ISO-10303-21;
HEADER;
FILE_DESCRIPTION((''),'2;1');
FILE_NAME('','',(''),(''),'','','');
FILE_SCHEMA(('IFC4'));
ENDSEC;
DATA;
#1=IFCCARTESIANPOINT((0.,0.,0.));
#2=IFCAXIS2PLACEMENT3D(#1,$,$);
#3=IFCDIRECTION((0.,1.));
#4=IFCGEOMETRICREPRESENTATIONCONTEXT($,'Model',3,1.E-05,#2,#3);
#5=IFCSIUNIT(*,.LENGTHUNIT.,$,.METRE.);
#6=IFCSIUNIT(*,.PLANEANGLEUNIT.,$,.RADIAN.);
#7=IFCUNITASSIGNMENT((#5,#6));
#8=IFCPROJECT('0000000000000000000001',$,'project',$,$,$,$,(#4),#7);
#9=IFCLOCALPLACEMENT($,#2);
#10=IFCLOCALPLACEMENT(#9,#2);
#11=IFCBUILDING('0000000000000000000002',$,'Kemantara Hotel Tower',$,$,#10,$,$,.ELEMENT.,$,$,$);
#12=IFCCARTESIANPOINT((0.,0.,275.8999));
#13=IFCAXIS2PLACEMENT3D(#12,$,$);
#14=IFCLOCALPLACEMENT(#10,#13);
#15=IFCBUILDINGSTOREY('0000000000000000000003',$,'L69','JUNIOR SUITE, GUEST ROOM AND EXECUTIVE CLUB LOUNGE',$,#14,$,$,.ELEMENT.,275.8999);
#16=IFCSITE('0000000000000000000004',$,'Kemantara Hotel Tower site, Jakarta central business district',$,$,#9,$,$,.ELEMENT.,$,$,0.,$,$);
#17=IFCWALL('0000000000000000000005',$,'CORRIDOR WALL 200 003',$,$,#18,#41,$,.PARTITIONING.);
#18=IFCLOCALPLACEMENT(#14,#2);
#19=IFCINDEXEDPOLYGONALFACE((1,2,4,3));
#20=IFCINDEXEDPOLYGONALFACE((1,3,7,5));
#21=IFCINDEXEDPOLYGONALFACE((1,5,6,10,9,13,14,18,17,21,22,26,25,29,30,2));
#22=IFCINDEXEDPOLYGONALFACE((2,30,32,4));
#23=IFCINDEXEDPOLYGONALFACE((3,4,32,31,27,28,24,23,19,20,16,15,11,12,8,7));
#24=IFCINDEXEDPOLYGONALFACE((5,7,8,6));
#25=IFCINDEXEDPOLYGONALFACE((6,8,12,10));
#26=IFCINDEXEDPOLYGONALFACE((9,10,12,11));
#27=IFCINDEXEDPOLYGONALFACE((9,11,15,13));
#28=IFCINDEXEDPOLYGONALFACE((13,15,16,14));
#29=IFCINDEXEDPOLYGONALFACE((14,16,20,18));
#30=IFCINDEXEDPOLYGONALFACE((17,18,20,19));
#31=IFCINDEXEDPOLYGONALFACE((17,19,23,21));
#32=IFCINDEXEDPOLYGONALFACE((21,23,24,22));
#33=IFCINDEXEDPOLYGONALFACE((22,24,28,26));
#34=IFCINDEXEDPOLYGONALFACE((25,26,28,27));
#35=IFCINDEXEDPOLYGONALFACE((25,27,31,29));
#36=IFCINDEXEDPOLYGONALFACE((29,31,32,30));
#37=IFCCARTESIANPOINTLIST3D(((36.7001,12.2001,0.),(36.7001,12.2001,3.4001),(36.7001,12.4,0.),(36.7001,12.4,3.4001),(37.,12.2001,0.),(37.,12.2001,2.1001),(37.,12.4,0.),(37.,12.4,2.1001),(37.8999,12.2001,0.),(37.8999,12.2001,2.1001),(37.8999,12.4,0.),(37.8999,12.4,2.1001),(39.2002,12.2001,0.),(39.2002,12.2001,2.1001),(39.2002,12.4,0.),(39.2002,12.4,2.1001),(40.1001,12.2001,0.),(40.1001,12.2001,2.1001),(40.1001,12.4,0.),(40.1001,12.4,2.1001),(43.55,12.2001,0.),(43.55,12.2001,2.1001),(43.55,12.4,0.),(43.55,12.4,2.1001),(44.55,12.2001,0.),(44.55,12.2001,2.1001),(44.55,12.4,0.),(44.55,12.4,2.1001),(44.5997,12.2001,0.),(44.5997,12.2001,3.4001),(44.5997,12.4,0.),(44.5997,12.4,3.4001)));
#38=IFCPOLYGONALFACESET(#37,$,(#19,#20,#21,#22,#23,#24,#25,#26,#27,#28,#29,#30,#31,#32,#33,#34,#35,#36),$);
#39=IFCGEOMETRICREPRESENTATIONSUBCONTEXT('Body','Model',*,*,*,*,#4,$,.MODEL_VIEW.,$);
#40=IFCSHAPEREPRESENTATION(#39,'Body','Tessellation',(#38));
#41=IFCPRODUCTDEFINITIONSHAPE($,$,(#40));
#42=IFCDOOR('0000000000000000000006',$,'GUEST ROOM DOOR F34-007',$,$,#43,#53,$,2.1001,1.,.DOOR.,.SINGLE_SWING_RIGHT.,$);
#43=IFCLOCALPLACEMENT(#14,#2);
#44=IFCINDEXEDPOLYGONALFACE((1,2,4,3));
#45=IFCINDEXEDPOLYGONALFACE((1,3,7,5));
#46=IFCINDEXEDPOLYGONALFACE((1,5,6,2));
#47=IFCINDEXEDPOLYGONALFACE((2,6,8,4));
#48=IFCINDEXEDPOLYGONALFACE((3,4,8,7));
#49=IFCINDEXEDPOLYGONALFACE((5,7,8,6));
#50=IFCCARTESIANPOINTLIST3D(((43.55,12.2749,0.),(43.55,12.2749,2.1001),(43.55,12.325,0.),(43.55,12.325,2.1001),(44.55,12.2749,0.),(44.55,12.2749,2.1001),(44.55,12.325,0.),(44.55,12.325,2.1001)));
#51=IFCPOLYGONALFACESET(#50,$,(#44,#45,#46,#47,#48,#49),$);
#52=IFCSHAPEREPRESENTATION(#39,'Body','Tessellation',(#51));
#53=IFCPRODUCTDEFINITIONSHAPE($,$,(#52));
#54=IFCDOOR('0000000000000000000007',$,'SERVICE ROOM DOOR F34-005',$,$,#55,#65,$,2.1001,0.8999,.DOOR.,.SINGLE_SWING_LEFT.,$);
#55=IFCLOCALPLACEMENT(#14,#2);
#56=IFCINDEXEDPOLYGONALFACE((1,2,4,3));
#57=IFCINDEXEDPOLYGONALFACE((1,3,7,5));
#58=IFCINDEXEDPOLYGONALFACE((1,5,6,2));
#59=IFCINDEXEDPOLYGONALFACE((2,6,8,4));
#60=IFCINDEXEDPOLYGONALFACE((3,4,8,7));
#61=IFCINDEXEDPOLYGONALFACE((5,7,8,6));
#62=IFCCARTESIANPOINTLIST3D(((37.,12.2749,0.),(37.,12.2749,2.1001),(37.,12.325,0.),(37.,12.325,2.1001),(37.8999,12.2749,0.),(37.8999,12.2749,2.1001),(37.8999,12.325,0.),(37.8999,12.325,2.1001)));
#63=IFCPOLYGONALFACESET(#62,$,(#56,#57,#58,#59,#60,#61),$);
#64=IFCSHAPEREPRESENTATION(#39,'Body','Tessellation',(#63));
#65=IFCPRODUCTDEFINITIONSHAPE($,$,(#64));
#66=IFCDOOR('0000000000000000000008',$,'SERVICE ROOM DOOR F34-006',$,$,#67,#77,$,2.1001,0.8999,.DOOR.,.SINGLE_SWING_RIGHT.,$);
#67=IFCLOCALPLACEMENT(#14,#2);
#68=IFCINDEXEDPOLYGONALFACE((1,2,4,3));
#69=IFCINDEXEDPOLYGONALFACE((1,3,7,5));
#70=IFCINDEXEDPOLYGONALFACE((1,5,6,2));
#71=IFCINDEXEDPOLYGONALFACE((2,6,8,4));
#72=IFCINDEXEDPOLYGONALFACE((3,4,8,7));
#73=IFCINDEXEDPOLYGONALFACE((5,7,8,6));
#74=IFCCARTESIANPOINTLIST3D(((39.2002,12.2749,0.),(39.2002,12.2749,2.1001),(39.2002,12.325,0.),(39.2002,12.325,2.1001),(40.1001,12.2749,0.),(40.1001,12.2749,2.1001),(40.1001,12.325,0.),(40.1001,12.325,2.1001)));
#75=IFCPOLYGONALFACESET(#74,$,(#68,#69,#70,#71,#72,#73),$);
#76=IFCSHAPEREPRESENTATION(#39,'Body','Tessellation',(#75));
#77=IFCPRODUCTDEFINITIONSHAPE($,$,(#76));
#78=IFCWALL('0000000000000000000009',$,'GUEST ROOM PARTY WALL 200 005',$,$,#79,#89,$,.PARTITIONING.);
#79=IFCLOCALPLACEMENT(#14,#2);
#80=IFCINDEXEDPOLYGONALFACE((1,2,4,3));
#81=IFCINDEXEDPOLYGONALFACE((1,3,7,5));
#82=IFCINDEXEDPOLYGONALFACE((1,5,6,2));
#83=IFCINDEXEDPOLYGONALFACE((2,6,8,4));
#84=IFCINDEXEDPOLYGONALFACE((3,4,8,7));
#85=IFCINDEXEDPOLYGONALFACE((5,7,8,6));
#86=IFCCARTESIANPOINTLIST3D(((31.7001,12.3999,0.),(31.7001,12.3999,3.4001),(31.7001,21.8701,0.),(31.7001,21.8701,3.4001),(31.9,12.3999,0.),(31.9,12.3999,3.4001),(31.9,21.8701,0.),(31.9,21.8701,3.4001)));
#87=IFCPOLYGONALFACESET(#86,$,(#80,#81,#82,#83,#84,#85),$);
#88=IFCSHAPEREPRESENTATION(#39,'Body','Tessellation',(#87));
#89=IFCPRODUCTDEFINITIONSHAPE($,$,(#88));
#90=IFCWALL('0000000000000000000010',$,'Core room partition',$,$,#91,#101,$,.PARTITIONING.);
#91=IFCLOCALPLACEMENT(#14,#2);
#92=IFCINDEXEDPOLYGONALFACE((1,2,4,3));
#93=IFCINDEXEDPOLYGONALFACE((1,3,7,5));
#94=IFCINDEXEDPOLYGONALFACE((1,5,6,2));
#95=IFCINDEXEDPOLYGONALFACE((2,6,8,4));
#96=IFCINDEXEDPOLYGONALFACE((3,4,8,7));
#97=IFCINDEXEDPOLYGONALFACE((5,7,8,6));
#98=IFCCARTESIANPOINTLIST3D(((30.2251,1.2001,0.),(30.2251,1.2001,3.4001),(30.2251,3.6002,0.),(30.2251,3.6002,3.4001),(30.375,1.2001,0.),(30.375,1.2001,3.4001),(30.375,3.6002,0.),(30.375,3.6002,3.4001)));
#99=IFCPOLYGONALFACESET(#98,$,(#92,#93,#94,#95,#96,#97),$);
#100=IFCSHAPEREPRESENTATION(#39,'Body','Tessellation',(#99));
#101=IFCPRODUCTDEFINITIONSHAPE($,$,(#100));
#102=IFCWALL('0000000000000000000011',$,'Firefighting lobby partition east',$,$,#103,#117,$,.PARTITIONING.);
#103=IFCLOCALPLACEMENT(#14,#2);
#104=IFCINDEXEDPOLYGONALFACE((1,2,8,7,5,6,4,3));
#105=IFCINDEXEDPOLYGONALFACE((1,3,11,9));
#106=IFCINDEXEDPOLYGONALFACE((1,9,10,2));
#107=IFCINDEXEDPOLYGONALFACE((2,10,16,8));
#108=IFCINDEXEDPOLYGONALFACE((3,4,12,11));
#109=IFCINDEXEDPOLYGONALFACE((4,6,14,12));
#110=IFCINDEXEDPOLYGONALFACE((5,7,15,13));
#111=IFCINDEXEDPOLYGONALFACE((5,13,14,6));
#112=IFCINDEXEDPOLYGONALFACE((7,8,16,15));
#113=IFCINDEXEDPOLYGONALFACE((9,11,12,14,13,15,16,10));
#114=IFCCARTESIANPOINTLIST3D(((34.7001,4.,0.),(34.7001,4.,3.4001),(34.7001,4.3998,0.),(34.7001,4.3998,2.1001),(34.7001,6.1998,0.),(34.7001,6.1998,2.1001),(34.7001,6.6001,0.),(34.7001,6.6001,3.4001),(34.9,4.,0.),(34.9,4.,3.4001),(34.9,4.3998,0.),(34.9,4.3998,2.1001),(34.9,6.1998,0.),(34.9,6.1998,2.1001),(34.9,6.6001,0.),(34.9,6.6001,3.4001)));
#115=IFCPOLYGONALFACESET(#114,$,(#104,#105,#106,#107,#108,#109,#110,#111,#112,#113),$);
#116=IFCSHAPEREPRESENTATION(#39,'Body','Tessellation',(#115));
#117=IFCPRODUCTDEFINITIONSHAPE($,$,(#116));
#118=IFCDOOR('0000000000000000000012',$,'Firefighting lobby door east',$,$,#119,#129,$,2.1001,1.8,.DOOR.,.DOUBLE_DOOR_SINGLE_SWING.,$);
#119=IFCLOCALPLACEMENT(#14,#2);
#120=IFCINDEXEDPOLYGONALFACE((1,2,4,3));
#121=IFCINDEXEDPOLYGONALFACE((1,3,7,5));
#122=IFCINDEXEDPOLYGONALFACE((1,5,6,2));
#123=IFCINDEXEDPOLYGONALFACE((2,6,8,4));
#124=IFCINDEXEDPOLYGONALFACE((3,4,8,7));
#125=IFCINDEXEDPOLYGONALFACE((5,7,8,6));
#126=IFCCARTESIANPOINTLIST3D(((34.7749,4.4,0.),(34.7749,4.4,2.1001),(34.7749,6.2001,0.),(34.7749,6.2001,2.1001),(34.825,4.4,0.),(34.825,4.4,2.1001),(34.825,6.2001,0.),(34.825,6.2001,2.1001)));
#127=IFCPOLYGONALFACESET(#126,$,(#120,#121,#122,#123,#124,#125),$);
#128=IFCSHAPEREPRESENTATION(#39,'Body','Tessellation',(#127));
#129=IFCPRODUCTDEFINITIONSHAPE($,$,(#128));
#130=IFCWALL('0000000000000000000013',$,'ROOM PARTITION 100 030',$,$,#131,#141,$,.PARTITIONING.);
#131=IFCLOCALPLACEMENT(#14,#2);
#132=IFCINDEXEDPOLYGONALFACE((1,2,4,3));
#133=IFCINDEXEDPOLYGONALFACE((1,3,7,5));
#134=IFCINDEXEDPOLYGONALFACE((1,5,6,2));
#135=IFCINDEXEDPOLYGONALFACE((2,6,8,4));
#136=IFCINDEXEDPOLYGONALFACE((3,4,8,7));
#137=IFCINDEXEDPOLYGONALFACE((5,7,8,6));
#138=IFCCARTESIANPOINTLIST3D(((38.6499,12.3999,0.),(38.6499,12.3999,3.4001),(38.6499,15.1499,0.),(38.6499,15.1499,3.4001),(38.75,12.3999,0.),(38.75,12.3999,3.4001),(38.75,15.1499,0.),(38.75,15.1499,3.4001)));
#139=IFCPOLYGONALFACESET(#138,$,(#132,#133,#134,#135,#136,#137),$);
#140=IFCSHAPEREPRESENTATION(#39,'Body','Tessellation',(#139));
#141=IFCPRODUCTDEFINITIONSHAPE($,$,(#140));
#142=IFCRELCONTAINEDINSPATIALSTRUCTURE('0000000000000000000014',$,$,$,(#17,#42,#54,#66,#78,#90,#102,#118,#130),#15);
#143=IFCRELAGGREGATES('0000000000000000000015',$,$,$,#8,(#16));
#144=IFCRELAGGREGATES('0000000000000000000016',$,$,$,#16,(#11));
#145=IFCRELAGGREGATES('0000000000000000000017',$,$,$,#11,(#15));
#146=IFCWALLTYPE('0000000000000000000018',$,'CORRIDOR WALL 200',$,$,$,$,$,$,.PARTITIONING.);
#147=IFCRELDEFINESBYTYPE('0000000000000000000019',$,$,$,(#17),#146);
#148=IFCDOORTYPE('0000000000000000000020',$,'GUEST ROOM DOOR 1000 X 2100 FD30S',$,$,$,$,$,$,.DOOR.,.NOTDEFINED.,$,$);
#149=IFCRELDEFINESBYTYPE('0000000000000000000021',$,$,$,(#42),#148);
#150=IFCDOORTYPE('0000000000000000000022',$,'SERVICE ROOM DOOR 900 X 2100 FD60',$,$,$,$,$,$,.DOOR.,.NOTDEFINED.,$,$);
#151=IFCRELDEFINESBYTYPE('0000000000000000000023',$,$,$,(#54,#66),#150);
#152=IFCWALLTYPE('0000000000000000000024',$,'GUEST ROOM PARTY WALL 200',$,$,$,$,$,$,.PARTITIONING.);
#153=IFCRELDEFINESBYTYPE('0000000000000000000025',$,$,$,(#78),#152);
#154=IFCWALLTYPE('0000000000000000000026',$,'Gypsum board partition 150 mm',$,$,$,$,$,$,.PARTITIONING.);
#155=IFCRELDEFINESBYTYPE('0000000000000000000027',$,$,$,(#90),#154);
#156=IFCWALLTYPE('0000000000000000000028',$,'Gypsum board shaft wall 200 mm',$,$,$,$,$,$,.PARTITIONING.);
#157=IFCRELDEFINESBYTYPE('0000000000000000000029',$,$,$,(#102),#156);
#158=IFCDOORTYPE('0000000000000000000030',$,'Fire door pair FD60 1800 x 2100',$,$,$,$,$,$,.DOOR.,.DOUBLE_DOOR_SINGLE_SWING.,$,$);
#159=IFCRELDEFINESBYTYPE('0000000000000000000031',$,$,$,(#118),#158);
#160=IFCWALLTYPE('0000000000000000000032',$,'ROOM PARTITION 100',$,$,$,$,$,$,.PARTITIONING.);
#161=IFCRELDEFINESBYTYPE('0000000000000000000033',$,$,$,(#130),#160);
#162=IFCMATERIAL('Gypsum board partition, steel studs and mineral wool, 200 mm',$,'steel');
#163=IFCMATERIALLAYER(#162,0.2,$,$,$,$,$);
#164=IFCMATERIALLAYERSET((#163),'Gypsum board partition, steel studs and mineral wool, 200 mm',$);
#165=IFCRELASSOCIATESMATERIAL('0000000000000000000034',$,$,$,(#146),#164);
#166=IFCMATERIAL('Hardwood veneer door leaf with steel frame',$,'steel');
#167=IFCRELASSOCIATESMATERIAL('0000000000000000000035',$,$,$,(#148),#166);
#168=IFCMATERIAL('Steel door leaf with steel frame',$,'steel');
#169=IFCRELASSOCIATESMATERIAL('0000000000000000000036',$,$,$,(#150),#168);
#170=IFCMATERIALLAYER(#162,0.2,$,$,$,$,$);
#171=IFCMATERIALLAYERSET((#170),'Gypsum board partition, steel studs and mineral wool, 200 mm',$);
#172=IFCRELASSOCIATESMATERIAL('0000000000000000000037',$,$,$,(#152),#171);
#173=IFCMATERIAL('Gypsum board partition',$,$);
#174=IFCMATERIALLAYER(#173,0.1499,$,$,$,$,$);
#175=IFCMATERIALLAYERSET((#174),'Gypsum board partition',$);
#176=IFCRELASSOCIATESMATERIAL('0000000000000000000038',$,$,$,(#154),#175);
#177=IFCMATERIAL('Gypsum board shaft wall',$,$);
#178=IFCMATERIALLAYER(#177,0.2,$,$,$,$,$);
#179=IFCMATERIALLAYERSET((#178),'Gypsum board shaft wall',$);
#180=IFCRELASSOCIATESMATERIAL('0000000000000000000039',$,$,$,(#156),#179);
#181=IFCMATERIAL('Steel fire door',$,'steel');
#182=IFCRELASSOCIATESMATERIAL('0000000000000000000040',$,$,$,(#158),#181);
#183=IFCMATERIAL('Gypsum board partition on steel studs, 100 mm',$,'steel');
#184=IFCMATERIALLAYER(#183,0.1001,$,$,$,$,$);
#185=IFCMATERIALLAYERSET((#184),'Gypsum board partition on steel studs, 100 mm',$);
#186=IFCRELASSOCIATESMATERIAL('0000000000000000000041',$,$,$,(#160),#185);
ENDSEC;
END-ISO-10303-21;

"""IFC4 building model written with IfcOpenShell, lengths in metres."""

from ifc_helpers import new_model, si_unit, direction, frame, frame_2d, origin, place, context, subcontext, project, spatial, rectangle, extrude, material, layer, layer_set, type_object, element, fill, save


model = new_model("IFC4")

# Units and contexts
model_context = context("Model", 3, precision=1e-05, world=origin(), true_north=direction((0.0, 1.0)))
body_context = subcontext(model_context, "Body", "Model", "MODEL_VIEW")
ifc_project = project(units=[si_unit("LENGTHUNIT", "METRE"), si_unit("PLANEANGLEUNIT", "RADIAN")], contexts=[model_context])

# Site, building, storey
site_placement = place(None, origin())
site = spatial("IfcSite", under=ifc_project, at=site_placement, Name="Kemantara Hotel Tower site, Jakarta central business district", CompositionType="ELEMENT", RefElevation=0.0)
building_placement = place(site_placement, origin())
building = spatial("IfcBuilding", under=site, at=building_placement, Name="Kemantara Hotel Tower", CompositionType="ELEMENT")
storey_placement = place(building_placement, frame((0.0, 0.0, 275.8999)))
storey = spatial("IfcBuildingStorey", under=building, at=storey_placement, Name="L69", Description="JUNIOR SUITE, GUEST ROOM AND EXECUTIVE CLUB LOUNGE", CompositionType="ELEMENT", Elevation=275.8999)

# Shared definitions
ifc_material_1 = material(Name="Steel fire door", Category="steel")

# Wall, openings, doors
ifc_material_2 = material(Name="Gypsum board partition, steel studs and mineral wool, 200 mm", Category="steel")
ifc_layer_1 = layer(ifc_material_2, 0.2)
ifc_layer_set_1 = layer_set([ifc_layer_1], Name="Gypsum board partition, steel studs and mineral wool, 200 mm")
wall_type_1 = type_object("IfcWallType", Name="CORRIDOR WALL 200", PredefinedType="PARTITIONING", material=ifc_layer_set_1)
wall_1_placement = place(storey_placement, frame((36.7002, 12.3, 0.0), z_axis=(0.0, 0.0, 1.0), x_axis=(1.0, 0.0, 0.0)))
wall_1 = element("IfcWall", 1, at=wall_1_placement, inside=storey, type_object=wall_type_1, Name="CORRIDOR WALL 200 003", PredefinedType="PARTITIONING", context=body_context, shape_type="SweptSolid", body=[
    extrude(rectangle(XDim=7.8997, YDim=0.2, at=frame_2d((3.9497, 0.0))), origin(), (0.0, 0.0, 1.0), 3.4001),
])
opening_1_placement = place(wall_1_placement, frame((0.2998, 0.0, 0.0)))
opening_1 = element("IfcOpeningElement", 2, at=opening_1_placement, cuts=wall_1, PredefinedType="OPENING", context=body_context, shape_type="SweptSolid", body=[
    extrude(rectangle(XDim=0.8999, YDim=2.1001, at=frame_2d((0.45, 1.05))), frame((0.0, 0.1099, 0.0), z_axis=(0.0, -1.0, 0.0), x_axis=(1.0, 0.0, 0.0)), (0.0, 0.0, 1.0), 0.22),
])
opening_2_placement = place(wall_1_placement, frame((2.5, 0.0, 0.0)))
opening_2 = element("IfcOpeningElement", 3, at=opening_2_placement, cuts=wall_1, PredefinedType="OPENING", context=body_context, shape_type="SweptSolid", body=[
    extrude(rectangle(XDim=0.8999, YDim=2.1001, at=frame_2d((0.45, 1.05))), frame((0.0, 0.1099, 0.0), z_axis=(0.0, -1.0, 0.0), x_axis=(1.0, 0.0, 0.0)), (0.0, 0.0, 1.0), 0.22),
])
opening_3_placement = place(wall_1_placement, frame((6.8499, 0.0, 0.0)))
opening_3 = element("IfcOpeningElement", 4, at=opening_3_placement, cuts=wall_1, PredefinedType="OPENING", context=body_context, shape_type="SweptSolid", body=[
    extrude(rectangle(XDim=1.0, YDim=2.1001, at=frame_2d((0.5, 1.05))), frame((0.0, 0.1099, 0.0), z_axis=(0.0, -1.0, 0.0), x_axis=(1.0, 0.0, 0.0)), (0.0, 0.0, 1.0), 0.22),
])
ifc_material_3 = material(Name="Hardwood veneer door leaf with steel frame", Category="steel")
door_type_1 = type_object("IfcDoorType", Name="GUEST ROOM DOOR 1000 X 2100 FD30S", OperationType="NOTDEFINED", PredefinedType="DOOR", material=ifc_material_3)
door_1_placement = place(opening_3_placement, origin())
door_1 = element("IfcDoor", 5, at=door_1_placement, inside=storey, type_object=door_type_1, Name="GUEST ROOM DOOR F34-007", OperationType="SINGLE_SWING_RIGHT", OverallHeight=2.1001, OverallWidth=1.0, PredefinedType="DOOR", context=body_context, shape_type="SweptSolid", body=[
    extrude(rectangle(XDim=1.0, YDim=2.1001, at=frame_2d((0.5, 1.05))), frame((0.0, 0.0249, 0.0), z_axis=(0.0, -1.0, 0.0), x_axis=(1.0, 0.0, 0.0)), (0.0, 0.0, 1.0), 0.05),
])
fill(opening_3, door_1)
ifc_material_4 = material(Name="Steel door leaf with steel frame", Category="steel")
door_type_2 = type_object("IfcDoorType", Name="SERVICE ROOM DOOR 900 X 2100 FD60", OperationType="NOTDEFINED", PredefinedType="DOOR", material=ifc_material_4)
door_2_placement = place(opening_1_placement, origin())
door_2 = element("IfcDoor", 6, at=door_2_placement, inside=storey, type_object=door_type_2, Name="SERVICE ROOM DOOR F34-005", OperationType="SINGLE_SWING_LEFT", OverallHeight=2.1001, OverallWidth=0.8999, PredefinedType="DOOR", context=body_context, shape_type="SweptSolid", body=[
    extrude(rectangle(XDim=0.8999, YDim=2.1001, at=frame_2d((0.45, 1.05))), frame((0.0, 0.0249, 0.0), z_axis=(0.0, -1.0, 0.0), x_axis=(1.0, 0.0, 0.0)), (0.0, 0.0, 1.0), 0.05),
])
fill(opening_1, door_2)
door_3_placement = place(opening_2_placement, origin())
door_3 = element("IfcDoor", 7, at=door_3_placement, inside=storey, type_object=door_type_2, Name="SERVICE ROOM DOOR F34-006", OperationType="SINGLE_SWING_RIGHT", OverallHeight=2.1001, OverallWidth=0.8999, PredefinedType="DOOR", context=body_context, shape_type="SweptSolid", body=[
    extrude(rectangle(XDim=0.8999, YDim=2.1001, at=frame_2d((0.45, 1.05))), frame((0.0, 0.0249, 0.0), z_axis=(0.0, -1.0, 0.0), x_axis=(1.0, 0.0, 0.0)), (0.0, 0.0, 1.0), 0.05),
])
fill(opening_2, door_3)

# Walls
ifc_layer_2 = layer(ifc_material_2, 0.2)
ifc_layer_set_2 = layer_set([ifc_layer_2], Name="Gypsum board partition, steel studs and mineral wool, 200 mm")
wall_type_2 = type_object("IfcWallType", Name="GUEST ROOM PARTY WALL 200", PredefinedType="PARTITIONING", material=ifc_layer_set_2)
wall_2_placement = place(storey_placement, frame((31.8, 12.3999, 0.0), z_axis=(0.0, 0.0, 1.0), x_axis=(0.0, 1.0, 0.0)))
element("IfcWall", 8, at=wall_2_placement, inside=storey, type_object=wall_type_2, Name="GUEST ROOM PARTY WALL 200 005", PredefinedType="PARTITIONING", context=body_context, shape_type="SweptSolid", body=[
    extrude(rectangle(XDim=9.4702, YDim=0.2, at=frame_2d((4.7351, 0.0))), origin(), (0.0, 0.0, 1.0), 3.4001),
])
ifc_material_5 = material(Name="Gypsum board partition")
ifc_layer_3 = layer(ifc_material_5, 0.1499)
ifc_layer_set_3 = layer_set([ifc_layer_3], Name="Gypsum board partition")
wall_type_3 = type_object("IfcWallType", Name="Gypsum board partition 150 mm", PredefinedType="PARTITIONING", material=ifc_layer_set_3)
wall_3_placement = place(storey_placement, frame((30.3, 1.2, 0.0), z_axis=(0.0, 0.0, 1.0), x_axis=(0.0, 1.0, 0.0)))
element("IfcWall", 9, at=wall_3_placement, inside=storey, type_object=wall_type_3, Name="Core room partition", PredefinedType="PARTITIONING", context=body_context, shape_type="SweptSolid", body=[
    extrude(rectangle(XDim=2.4001, YDim=0.1499, at=frame_2d((1.2002, 0.0))), origin(), (0.0, 0.0, 1.0), 3.4001),
])

# Wall, opening, door
ifc_material_6 = material(Name="Gypsum board shaft wall")
ifc_layer_4 = layer(ifc_material_6, 0.2)
ifc_layer_set_4 = layer_set([ifc_layer_4], Name="Gypsum board shaft wall")
wall_type_4 = type_object("IfcWallType", Name="Gypsum board shaft wall 200 mm", PredefinedType="PARTITIONING", material=ifc_layer_set_4)
wall_4_placement = place(storey_placement, frame((34.8, 4.0, 0.0), z_axis=(0.0, 0.0, 1.0), x_axis=(0.0, 1.0, 0.0)))
wall_4 = element("IfcWall", 10, at=wall_4_placement, inside=storey, type_object=wall_type_4, Name="Firefighting lobby partition east", PredefinedType="PARTITIONING", context=body_context, shape_type="SweptSolid", body=[
    extrude(rectangle(XDim=2.6001, YDim=0.2, at=frame_2d((1.3, 0.0))), origin(), (0.0, 0.0, 1.0), 3.4001),
])
opening_4_placement = place(wall_4_placement, frame((0.3999, 0.0, 0.0)))
opening_4 = element("IfcOpeningElement", 11, at=opening_4_placement, cuts=wall_4, PredefinedType="OPENING", context=body_context, shape_type="SweptSolid", body=[
    extrude(rectangle(XDim=1.8, YDim=2.1001, at=frame_2d((0.8999, 1.05))), frame((0.0, 0.1099, 0.0), z_axis=(0.0, -1.0, 0.0), x_axis=(1.0, 0.0, 0.0)), (0.0, 0.0, 1.0), 0.22),
])
door_type_3 = type_object("IfcDoorType", Name="Fire door pair FD60 1800 x 2100", OperationType="DOUBLE_DOOR_SINGLE_SWING", PredefinedType="DOOR", material=ifc_material_1)
door_4_placement = place(opening_4_placement, frame((1.8, 0.0, 0.0), z_axis=(0.0, 0.0, 1.0), x_axis=(-1.0, 0.0, 0.0)))
door_4 = element("IfcDoor", 12, at=door_4_placement, inside=storey, type_object=door_type_3, Name="Firefighting lobby door east", OperationType="DOUBLE_DOOR_SINGLE_SWING", OverallHeight=2.1001, OverallWidth=1.8, PredefinedType="DOOR", context=body_context, shape_type="SweptSolid", body=[
    extrude(rectangle(XDim=1.8, YDim=2.1001, at=frame_2d((0.8999, 1.05))), frame((0.0, 0.0249, 0.0), z_axis=(0.0, -1.0, 0.0), x_axis=(1.0, 0.0, 0.0)), (0.0, 0.0, 1.0), 0.05),
])
fill(opening_4, door_4)

# Wall
ifc_material_7 = material(Name="Gypsum board partition on steel studs, 100 mm", Category="steel")
ifc_layer_5 = layer(ifc_material_7, 0.1001)
ifc_layer_set_5 = layer_set([ifc_layer_5], Name="Gypsum board partition on steel studs, 100 mm")
wall_type_5 = type_object("IfcWallType", Name="ROOM PARTITION 100", PredefinedType="PARTITIONING", material=ifc_layer_set_5)
wall_5_placement = place(storey_placement, frame((38.7, 12.3999, 0.0), z_axis=(0.0, 0.0, 1.0), x_axis=(0.0, 1.0, 0.0)))
element("IfcWall", 13, at=wall_5_placement, inside=storey, type_object=wall_type_5, Name="ROOM PARTITION 100 030", PredefinedType="PARTITIONING", context=body_context, shape_type="SweptSolid", body=[
    extrude(rectangle(XDim=2.75, YDim=0.1001, at=frame_2d((1.375, 0.0))), origin(), (0.0, 0.0, 1.0), 3.4001),
])

save(model, "model.ifc")
